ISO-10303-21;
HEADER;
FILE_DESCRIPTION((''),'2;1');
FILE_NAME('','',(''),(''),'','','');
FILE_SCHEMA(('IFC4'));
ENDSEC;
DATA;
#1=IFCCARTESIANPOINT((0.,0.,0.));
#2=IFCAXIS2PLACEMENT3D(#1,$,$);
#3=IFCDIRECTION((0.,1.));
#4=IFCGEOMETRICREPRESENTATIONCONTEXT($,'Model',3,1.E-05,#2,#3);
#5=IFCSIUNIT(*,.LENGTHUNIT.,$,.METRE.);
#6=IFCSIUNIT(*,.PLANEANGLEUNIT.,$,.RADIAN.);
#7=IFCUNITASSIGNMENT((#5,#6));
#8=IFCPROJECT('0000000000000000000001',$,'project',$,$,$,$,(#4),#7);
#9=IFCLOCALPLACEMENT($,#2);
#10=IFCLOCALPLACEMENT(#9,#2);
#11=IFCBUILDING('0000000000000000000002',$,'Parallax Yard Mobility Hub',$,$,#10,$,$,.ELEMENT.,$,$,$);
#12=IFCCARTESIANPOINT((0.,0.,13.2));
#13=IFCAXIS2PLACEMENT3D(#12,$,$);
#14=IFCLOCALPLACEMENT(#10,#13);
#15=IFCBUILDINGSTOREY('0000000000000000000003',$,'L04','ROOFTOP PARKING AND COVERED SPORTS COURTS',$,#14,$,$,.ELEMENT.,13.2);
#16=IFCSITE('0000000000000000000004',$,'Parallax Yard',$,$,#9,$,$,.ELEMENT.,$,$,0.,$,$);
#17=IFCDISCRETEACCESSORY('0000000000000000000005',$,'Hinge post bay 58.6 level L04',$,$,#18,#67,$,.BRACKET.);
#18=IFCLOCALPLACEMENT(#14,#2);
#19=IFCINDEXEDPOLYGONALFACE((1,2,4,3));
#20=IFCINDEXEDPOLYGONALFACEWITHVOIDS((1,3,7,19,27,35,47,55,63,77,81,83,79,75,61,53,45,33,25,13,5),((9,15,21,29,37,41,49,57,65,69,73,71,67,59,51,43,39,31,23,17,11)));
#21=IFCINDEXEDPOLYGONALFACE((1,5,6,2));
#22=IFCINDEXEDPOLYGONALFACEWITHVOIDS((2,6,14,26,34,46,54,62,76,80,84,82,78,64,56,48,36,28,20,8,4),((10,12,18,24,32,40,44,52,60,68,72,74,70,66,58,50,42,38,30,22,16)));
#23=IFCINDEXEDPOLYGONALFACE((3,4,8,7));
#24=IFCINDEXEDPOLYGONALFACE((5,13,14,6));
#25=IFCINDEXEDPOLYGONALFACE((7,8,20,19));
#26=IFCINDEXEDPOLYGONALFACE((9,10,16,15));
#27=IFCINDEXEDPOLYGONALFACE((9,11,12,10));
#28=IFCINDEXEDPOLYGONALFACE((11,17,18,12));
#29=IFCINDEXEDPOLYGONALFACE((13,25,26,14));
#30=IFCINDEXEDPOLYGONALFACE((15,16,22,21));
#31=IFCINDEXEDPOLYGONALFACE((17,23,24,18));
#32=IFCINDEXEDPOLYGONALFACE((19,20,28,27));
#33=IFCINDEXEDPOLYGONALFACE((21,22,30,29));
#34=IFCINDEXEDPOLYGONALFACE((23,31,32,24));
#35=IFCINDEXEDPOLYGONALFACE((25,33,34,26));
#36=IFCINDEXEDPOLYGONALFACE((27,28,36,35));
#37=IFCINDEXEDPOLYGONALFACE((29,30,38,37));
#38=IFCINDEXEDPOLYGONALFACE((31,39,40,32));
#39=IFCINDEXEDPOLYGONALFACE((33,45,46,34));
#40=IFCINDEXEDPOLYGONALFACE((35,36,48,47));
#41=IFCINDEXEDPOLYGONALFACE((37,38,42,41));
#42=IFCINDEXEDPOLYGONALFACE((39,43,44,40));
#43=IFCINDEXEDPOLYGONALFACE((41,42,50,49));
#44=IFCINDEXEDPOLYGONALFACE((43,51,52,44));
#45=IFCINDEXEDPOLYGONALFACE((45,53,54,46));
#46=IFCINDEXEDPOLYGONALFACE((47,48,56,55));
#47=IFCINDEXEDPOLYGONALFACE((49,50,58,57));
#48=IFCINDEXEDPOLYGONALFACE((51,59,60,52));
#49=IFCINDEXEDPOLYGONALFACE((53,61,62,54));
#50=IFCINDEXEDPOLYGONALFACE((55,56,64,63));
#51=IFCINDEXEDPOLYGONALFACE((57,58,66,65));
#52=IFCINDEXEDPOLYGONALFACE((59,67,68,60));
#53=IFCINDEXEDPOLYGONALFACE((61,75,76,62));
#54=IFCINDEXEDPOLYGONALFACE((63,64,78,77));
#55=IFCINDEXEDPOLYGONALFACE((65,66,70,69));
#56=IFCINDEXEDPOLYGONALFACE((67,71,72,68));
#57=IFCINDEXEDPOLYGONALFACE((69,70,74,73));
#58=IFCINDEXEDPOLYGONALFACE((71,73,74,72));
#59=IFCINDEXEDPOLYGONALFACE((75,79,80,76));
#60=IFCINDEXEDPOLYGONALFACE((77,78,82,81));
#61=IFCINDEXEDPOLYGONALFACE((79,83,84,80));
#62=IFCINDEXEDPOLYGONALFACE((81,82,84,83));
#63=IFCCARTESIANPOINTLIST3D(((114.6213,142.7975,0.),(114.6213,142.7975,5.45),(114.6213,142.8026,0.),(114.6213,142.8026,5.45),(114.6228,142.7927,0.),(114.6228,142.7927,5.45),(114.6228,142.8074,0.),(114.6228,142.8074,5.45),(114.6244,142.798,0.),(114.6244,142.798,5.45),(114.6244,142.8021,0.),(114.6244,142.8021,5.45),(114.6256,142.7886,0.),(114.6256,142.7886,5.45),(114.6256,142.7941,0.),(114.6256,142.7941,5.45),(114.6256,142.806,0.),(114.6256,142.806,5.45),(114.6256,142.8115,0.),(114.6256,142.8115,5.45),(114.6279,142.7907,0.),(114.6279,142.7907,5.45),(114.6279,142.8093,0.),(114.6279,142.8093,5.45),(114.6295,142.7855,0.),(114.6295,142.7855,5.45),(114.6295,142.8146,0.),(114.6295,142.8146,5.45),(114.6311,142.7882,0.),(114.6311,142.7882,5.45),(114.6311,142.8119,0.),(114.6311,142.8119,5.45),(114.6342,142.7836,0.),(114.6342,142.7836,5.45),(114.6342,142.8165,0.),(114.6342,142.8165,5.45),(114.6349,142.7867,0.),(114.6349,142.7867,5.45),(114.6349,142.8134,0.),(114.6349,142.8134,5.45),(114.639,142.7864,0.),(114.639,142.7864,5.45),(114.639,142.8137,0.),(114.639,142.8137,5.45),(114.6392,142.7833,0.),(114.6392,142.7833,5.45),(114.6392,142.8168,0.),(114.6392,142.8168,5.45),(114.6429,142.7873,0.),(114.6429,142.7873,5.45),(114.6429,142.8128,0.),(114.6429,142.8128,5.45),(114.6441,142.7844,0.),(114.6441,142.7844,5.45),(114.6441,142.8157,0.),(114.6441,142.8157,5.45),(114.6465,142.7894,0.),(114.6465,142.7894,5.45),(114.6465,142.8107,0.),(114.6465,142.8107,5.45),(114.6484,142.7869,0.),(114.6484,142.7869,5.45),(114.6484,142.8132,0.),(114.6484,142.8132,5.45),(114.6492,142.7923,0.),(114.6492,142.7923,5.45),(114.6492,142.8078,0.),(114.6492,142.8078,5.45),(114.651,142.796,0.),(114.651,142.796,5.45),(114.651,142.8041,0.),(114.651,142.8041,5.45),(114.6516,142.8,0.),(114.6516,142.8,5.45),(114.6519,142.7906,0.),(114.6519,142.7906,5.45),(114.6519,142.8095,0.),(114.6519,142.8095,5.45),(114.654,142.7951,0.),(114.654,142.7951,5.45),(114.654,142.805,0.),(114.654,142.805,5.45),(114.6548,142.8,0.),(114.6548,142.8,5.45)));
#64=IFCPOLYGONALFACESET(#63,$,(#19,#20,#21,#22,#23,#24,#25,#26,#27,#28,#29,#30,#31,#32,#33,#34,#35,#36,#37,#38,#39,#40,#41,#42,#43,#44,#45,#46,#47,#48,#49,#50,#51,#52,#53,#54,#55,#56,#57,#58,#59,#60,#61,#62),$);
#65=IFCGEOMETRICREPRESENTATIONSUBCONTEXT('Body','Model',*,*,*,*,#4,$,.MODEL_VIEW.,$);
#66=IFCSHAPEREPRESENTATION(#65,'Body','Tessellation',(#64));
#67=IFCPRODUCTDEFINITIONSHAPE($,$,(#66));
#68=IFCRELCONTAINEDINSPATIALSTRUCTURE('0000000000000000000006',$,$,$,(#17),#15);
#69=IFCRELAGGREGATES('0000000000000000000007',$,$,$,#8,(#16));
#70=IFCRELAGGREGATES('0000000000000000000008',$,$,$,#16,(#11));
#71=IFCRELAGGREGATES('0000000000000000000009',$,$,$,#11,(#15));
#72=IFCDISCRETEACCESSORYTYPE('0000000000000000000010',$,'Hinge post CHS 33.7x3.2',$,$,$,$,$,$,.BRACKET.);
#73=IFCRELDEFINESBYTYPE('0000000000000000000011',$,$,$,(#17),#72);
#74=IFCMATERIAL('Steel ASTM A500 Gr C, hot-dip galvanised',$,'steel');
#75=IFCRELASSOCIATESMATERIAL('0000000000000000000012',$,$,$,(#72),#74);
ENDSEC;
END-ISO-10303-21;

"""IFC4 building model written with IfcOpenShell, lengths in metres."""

from ifc_helpers import new_model, si_unit, direction, frame, origin, origin_2d, place, context, subcontext, project, spatial, hollow_circle, extrude, material, material_profile, profile_set, type_object, element, save


model = new_model("IFC4")

# Units and contexts
model_context = context("Model", 3, precision=1e-05, world=origin(), true_north=direction((0.0, 1.0)))
body_context = subcontext(model_context, "Body", "Model", "MODEL_VIEW")
ifc_project = project(units=[si_unit("LENGTHUNIT", "METRE"), si_unit("PLANEANGLEUNIT", "RADIAN")], contexts=[model_context])

# Site, building, storey
site_placement = place(None, origin())
site = spatial("IfcSite", under=ifc_project, at=site_placement, Name="Parallax Yard", CompositionType="ELEMENT", RefElevation=0.0)
building_placement = place(site_placement, origin())
building = spatial("IfcBuilding", under=site, at=building_placement, Name="Parallax Yard Mobility Hub", CompositionType="ELEMENT")
storey_placement = place(building_placement, frame((0.0, 0.0, 13.2)))
storey = spatial("IfcBuildingStorey", under=building, at=storey_placement, Name="L04", Description="ROOFTOP PARKING AND COVERED SPORTS COURTS", CompositionType="ELEMENT", Elevation=13.2)

# Discrete accessory
ifc_material_1 = material(Name="Steel ASTM A500 Gr C, hot-dip galvanised", Category="steel")
ifc_material_profile = material_profile(ifc_material_1, hollow_circle(Radius=0.0168, WallThickness=0.0032, at=origin_2d()), Name="CHS 33.7x3.2")
ifc_profile_set = profile_set([ifc_material_profile], Name="Steel ASTM A500 Gr C, hot-dip galvanised")
discrete_accessory_type_1 = type_object("IfcDiscreteAccessoryType", Name="Hinge post CHS 33.7x3.2", PredefinedType="BRACKET", material=ifc_profile_set)
discrete_accessory_1_placement = place(storey_placement, frame((114.6379, 142.8, 0.0), z_axis=(0.0, 0.0, 1.0), x_axis=(1.0, 0.0, 0.0)))
element("IfcDiscreteAccessory", 1, at=discrete_accessory_1_placement, inside=storey, type_object=discrete_accessory_type_1, Name="Hinge post bay 58.6 level L04", PredefinedType="BRACKET", context=body_context, shape_type="SweptSolid", body=[
    extrude(hollow_circle(Radius=0.0168, WallThickness=0.0032, at=origin_2d()), origin(), (0.0, 0.0, 1.0), 5.45),
])

save(model, "model.ifc")
